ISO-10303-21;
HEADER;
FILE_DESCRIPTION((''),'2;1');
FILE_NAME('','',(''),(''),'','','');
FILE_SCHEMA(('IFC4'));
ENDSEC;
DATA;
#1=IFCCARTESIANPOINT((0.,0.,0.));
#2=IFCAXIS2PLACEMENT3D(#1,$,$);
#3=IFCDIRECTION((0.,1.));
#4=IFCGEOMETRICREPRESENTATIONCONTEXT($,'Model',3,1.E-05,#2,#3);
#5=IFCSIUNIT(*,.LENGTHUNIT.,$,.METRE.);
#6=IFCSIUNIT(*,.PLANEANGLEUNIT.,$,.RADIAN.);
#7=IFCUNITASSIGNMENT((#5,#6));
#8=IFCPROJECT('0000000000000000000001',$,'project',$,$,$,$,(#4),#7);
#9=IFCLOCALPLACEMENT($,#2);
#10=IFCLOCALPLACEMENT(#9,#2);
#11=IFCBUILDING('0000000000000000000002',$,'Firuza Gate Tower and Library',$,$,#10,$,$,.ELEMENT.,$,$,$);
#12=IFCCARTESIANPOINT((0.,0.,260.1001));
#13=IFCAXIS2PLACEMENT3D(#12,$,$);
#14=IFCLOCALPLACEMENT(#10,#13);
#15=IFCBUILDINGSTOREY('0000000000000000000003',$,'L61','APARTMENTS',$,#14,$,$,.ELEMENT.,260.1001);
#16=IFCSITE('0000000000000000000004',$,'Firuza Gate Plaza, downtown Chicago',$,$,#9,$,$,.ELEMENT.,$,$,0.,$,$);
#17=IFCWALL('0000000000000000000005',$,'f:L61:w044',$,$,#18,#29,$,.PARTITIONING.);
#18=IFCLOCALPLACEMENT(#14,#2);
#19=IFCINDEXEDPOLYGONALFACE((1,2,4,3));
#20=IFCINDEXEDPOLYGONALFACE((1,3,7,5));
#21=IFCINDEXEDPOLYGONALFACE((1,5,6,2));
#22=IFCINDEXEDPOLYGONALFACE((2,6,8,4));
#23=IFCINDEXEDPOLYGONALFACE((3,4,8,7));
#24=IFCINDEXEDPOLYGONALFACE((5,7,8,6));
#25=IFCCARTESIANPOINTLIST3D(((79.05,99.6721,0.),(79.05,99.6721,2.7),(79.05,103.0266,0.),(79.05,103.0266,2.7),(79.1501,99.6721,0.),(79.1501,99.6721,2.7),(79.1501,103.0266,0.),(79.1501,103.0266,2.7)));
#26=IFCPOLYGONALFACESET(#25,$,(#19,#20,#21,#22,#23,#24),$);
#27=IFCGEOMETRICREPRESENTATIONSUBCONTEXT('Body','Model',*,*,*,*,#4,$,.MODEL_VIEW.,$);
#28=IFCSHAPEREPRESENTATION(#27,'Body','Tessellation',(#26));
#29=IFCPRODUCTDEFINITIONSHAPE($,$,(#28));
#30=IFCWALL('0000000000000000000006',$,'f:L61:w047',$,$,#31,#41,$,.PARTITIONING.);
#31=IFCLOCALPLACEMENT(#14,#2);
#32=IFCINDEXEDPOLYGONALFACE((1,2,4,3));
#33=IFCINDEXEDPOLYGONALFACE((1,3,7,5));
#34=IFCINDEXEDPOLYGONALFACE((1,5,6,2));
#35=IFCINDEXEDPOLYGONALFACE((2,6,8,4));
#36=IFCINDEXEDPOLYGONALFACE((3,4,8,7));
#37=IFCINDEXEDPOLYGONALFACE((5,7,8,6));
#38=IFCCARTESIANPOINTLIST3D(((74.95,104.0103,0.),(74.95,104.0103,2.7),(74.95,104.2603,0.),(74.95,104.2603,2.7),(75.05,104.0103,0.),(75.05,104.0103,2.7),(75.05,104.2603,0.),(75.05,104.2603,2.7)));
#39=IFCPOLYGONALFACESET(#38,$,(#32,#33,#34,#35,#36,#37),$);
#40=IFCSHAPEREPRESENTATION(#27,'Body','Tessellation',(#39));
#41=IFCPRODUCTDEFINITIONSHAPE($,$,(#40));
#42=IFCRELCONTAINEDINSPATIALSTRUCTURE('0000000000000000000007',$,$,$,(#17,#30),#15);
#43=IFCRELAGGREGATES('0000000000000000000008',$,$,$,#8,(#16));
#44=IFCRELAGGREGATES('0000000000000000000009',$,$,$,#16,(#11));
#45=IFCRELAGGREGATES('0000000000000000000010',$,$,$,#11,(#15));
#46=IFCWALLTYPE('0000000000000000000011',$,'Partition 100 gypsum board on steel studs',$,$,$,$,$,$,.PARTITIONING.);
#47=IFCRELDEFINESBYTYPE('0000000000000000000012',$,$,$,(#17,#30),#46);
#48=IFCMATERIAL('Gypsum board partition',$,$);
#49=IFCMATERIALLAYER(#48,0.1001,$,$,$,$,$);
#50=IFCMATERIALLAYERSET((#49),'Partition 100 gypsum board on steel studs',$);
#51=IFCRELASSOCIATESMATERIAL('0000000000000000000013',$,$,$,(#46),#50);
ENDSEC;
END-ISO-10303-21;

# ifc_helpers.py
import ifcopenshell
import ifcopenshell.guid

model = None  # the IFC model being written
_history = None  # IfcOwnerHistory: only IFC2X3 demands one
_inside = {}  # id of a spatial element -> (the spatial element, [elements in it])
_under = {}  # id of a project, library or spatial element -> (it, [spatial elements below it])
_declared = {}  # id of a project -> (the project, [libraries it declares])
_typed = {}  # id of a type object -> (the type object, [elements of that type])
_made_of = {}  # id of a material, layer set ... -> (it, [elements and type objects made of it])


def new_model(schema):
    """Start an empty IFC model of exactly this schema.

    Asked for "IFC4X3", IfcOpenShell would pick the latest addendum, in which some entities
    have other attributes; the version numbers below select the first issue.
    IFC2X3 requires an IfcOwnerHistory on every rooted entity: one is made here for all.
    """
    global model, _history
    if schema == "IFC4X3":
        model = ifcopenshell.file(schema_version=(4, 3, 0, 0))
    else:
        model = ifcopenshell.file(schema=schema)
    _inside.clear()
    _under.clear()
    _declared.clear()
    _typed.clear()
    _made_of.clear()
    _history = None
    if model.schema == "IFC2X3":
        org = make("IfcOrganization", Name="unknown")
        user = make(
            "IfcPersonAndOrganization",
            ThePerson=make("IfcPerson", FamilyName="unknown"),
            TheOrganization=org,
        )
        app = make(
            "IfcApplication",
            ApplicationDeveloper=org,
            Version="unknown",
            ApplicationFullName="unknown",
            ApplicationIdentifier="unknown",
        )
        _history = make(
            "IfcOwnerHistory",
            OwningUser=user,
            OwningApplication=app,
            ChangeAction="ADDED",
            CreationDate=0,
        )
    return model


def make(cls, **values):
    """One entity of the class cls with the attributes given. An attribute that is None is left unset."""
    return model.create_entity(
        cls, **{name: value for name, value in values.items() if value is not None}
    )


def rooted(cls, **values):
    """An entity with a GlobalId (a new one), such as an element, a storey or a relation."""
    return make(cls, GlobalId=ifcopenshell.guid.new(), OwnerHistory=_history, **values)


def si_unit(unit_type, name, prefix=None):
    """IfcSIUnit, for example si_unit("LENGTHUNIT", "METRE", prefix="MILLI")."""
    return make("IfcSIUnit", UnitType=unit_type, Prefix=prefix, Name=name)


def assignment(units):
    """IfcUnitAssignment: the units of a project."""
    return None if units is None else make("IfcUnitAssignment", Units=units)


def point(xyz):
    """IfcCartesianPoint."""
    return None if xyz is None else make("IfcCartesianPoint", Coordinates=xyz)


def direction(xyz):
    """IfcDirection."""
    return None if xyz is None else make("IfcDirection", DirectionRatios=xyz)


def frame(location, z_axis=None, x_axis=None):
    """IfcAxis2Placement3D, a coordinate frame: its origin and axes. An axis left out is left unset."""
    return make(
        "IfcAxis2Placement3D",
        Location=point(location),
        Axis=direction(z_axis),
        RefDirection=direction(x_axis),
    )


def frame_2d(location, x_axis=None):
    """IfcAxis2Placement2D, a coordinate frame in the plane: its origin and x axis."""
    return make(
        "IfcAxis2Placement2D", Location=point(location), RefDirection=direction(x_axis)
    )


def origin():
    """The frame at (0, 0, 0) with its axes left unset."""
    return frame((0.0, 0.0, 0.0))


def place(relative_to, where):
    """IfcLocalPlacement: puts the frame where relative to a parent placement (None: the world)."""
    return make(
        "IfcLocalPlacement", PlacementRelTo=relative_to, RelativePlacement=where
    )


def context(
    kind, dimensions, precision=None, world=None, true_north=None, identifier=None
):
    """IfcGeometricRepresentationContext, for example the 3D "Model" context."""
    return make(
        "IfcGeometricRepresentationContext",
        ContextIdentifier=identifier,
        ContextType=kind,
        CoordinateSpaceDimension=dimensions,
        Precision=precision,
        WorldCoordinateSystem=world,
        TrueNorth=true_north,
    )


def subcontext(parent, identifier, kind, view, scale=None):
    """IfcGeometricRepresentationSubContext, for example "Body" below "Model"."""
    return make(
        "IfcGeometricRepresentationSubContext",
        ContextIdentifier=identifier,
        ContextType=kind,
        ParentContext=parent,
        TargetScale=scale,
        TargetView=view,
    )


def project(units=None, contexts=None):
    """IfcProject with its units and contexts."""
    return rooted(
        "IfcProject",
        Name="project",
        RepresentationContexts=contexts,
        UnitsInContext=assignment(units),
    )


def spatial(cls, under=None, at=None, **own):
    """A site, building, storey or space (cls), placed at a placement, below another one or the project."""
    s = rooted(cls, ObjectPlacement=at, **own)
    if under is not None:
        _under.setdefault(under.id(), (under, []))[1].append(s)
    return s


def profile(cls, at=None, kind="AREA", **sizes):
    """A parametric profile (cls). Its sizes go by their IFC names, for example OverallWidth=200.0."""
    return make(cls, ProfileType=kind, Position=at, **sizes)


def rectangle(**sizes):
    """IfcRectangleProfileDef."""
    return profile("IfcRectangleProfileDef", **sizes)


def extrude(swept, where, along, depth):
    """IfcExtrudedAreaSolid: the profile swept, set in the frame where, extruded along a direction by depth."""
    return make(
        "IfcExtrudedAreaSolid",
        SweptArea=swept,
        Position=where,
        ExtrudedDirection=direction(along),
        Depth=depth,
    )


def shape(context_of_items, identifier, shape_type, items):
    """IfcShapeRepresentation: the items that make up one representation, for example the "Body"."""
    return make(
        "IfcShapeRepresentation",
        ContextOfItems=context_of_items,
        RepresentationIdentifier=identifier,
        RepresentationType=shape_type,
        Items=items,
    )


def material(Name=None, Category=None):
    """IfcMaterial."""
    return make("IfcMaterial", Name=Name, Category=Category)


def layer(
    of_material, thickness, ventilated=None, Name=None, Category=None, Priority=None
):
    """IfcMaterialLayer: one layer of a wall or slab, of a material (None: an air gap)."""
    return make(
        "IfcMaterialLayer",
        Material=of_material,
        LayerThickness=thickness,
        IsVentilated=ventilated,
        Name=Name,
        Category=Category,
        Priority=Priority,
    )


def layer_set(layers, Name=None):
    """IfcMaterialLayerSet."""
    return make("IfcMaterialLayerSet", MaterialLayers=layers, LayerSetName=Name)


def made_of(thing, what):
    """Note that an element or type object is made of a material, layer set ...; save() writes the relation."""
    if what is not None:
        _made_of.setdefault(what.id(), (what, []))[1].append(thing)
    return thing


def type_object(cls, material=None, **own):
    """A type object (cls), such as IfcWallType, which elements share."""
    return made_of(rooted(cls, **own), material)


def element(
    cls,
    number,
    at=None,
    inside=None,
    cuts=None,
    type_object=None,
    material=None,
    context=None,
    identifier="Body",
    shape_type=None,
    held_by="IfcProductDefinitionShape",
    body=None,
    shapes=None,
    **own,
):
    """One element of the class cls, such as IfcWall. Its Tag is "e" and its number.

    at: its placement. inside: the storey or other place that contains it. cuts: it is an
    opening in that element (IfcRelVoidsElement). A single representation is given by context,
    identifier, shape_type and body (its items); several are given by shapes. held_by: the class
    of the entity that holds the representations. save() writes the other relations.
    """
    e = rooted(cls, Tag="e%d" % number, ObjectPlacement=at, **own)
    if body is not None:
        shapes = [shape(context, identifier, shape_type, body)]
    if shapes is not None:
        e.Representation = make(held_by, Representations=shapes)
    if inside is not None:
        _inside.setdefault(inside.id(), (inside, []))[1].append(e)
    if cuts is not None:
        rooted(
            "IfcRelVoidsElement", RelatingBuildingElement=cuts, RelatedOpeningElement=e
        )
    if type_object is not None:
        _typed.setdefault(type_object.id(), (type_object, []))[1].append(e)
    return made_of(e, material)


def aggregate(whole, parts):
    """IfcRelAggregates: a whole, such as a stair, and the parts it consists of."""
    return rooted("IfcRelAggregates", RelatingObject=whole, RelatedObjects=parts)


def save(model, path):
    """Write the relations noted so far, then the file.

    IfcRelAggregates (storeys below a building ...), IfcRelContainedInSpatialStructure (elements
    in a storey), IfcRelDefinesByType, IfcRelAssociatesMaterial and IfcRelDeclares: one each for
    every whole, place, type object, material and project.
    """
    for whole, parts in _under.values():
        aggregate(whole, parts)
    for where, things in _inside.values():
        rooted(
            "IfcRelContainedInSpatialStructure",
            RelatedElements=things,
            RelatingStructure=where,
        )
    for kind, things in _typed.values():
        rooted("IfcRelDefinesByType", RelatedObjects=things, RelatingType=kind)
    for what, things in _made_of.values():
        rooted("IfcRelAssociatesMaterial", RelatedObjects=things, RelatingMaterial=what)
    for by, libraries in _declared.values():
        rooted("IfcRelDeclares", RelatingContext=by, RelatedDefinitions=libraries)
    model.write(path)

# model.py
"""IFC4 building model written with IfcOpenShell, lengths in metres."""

from ifc_helpers import new_model, si_unit, direction, frame, frame_2d, origin, place, context, subcontext, project, spatial, rectangle, extrude, material, layer, layer_set, type_object, element, save


model = new_model("IFC4")

# Units and contexts
model_context = context("Model", 3, precision=1e-05, world=origin(), true_north=direction((0.0, 1.0)))
body_context = subcontext(model_context, "Body", "Model", "MODEL_VIEW")
ifc_project = project(units=[si_unit("LENGTHUNIT", "METRE"), si_unit("PLANEANGLEUNIT", "RADIAN")], contexts=[model_context])

# Site, building, storey
site_placement = place(None, origin())
site = spatial("IfcSite", under=ifc_project, at=site_placement, Name="Firuza Gate Plaza, downtown Chicago", CompositionType="ELEMENT", RefElevation=0.0)
building_placement = place(site_placement, origin())
building = spatial("IfcBuilding", under=site, at=building_placement, Name="Firuza Gate Tower and Library", CompositionType="ELEMENT")
storey_placement = place(building_placement, frame((0.0, 0.0, 260.1001)))
storey = spatial("IfcBuildingStorey", under=building, at=storey_placement, Name="L61", Description="APARTMENTS", CompositionType="ELEMENT", Elevation=260.1001)

# Shared definitions
ifc_material_1 = material(Name="Gypsum board partition")
ifc_layer_1 = layer(ifc_material_1, 0.1001)
ifc_layer_set_1 = layer_set([ifc_layer_1], Name="Partition 100 gypsum board on steel studs")
wall_type_1 = type_object("IfcWallType", Name="Partition 100 gypsum board on steel studs", PredefinedType="PARTITIONING", material=ifc_layer_set_1)

# Walls
wall_1_placement = place(storey_placement, frame((79.1001, 99.6721, 0.0), z_axis=(0.0, 0.0, 1.0), x_axis=(0.0, 1.0, 0.0)))
element("IfcWall", 1, at=wall_1_placement, inside=storey, type_object=wall_type_1, Name="f:L61:w044", PredefinedType="PARTITIONING", context=body_context, shape_type="SweptSolid", body=[
    extrude(rectangle(XDim=3.3545, YDim=0.1001, at=frame_2d((1.6772, 0.0))), origin(), (0.0, 0.0, 1.0), 2.7),
])
wall_2_placement = place(storey_placement, frame((75.0, 104.0103, 0.0), z_axis=(0.0, 0.0, 1.0), x_axis=(0.0, 1.0, 0.0)))
element("IfcWall", 2, at=wall_2_placement, inside=storey, type_object=wall_type_1, Name="f:L61:w047", PredefinedType="PARTITIONING", context=body_context, shape_type="SweptSolid", body=[
    extrude(rectangle(XDim=0.25, YDim=0.1001, at=frame_2d((0.125, 0.0))), origin(), (0.0, 0.0, 1.0), 2.7),
])

save(model, "model.ifc")
